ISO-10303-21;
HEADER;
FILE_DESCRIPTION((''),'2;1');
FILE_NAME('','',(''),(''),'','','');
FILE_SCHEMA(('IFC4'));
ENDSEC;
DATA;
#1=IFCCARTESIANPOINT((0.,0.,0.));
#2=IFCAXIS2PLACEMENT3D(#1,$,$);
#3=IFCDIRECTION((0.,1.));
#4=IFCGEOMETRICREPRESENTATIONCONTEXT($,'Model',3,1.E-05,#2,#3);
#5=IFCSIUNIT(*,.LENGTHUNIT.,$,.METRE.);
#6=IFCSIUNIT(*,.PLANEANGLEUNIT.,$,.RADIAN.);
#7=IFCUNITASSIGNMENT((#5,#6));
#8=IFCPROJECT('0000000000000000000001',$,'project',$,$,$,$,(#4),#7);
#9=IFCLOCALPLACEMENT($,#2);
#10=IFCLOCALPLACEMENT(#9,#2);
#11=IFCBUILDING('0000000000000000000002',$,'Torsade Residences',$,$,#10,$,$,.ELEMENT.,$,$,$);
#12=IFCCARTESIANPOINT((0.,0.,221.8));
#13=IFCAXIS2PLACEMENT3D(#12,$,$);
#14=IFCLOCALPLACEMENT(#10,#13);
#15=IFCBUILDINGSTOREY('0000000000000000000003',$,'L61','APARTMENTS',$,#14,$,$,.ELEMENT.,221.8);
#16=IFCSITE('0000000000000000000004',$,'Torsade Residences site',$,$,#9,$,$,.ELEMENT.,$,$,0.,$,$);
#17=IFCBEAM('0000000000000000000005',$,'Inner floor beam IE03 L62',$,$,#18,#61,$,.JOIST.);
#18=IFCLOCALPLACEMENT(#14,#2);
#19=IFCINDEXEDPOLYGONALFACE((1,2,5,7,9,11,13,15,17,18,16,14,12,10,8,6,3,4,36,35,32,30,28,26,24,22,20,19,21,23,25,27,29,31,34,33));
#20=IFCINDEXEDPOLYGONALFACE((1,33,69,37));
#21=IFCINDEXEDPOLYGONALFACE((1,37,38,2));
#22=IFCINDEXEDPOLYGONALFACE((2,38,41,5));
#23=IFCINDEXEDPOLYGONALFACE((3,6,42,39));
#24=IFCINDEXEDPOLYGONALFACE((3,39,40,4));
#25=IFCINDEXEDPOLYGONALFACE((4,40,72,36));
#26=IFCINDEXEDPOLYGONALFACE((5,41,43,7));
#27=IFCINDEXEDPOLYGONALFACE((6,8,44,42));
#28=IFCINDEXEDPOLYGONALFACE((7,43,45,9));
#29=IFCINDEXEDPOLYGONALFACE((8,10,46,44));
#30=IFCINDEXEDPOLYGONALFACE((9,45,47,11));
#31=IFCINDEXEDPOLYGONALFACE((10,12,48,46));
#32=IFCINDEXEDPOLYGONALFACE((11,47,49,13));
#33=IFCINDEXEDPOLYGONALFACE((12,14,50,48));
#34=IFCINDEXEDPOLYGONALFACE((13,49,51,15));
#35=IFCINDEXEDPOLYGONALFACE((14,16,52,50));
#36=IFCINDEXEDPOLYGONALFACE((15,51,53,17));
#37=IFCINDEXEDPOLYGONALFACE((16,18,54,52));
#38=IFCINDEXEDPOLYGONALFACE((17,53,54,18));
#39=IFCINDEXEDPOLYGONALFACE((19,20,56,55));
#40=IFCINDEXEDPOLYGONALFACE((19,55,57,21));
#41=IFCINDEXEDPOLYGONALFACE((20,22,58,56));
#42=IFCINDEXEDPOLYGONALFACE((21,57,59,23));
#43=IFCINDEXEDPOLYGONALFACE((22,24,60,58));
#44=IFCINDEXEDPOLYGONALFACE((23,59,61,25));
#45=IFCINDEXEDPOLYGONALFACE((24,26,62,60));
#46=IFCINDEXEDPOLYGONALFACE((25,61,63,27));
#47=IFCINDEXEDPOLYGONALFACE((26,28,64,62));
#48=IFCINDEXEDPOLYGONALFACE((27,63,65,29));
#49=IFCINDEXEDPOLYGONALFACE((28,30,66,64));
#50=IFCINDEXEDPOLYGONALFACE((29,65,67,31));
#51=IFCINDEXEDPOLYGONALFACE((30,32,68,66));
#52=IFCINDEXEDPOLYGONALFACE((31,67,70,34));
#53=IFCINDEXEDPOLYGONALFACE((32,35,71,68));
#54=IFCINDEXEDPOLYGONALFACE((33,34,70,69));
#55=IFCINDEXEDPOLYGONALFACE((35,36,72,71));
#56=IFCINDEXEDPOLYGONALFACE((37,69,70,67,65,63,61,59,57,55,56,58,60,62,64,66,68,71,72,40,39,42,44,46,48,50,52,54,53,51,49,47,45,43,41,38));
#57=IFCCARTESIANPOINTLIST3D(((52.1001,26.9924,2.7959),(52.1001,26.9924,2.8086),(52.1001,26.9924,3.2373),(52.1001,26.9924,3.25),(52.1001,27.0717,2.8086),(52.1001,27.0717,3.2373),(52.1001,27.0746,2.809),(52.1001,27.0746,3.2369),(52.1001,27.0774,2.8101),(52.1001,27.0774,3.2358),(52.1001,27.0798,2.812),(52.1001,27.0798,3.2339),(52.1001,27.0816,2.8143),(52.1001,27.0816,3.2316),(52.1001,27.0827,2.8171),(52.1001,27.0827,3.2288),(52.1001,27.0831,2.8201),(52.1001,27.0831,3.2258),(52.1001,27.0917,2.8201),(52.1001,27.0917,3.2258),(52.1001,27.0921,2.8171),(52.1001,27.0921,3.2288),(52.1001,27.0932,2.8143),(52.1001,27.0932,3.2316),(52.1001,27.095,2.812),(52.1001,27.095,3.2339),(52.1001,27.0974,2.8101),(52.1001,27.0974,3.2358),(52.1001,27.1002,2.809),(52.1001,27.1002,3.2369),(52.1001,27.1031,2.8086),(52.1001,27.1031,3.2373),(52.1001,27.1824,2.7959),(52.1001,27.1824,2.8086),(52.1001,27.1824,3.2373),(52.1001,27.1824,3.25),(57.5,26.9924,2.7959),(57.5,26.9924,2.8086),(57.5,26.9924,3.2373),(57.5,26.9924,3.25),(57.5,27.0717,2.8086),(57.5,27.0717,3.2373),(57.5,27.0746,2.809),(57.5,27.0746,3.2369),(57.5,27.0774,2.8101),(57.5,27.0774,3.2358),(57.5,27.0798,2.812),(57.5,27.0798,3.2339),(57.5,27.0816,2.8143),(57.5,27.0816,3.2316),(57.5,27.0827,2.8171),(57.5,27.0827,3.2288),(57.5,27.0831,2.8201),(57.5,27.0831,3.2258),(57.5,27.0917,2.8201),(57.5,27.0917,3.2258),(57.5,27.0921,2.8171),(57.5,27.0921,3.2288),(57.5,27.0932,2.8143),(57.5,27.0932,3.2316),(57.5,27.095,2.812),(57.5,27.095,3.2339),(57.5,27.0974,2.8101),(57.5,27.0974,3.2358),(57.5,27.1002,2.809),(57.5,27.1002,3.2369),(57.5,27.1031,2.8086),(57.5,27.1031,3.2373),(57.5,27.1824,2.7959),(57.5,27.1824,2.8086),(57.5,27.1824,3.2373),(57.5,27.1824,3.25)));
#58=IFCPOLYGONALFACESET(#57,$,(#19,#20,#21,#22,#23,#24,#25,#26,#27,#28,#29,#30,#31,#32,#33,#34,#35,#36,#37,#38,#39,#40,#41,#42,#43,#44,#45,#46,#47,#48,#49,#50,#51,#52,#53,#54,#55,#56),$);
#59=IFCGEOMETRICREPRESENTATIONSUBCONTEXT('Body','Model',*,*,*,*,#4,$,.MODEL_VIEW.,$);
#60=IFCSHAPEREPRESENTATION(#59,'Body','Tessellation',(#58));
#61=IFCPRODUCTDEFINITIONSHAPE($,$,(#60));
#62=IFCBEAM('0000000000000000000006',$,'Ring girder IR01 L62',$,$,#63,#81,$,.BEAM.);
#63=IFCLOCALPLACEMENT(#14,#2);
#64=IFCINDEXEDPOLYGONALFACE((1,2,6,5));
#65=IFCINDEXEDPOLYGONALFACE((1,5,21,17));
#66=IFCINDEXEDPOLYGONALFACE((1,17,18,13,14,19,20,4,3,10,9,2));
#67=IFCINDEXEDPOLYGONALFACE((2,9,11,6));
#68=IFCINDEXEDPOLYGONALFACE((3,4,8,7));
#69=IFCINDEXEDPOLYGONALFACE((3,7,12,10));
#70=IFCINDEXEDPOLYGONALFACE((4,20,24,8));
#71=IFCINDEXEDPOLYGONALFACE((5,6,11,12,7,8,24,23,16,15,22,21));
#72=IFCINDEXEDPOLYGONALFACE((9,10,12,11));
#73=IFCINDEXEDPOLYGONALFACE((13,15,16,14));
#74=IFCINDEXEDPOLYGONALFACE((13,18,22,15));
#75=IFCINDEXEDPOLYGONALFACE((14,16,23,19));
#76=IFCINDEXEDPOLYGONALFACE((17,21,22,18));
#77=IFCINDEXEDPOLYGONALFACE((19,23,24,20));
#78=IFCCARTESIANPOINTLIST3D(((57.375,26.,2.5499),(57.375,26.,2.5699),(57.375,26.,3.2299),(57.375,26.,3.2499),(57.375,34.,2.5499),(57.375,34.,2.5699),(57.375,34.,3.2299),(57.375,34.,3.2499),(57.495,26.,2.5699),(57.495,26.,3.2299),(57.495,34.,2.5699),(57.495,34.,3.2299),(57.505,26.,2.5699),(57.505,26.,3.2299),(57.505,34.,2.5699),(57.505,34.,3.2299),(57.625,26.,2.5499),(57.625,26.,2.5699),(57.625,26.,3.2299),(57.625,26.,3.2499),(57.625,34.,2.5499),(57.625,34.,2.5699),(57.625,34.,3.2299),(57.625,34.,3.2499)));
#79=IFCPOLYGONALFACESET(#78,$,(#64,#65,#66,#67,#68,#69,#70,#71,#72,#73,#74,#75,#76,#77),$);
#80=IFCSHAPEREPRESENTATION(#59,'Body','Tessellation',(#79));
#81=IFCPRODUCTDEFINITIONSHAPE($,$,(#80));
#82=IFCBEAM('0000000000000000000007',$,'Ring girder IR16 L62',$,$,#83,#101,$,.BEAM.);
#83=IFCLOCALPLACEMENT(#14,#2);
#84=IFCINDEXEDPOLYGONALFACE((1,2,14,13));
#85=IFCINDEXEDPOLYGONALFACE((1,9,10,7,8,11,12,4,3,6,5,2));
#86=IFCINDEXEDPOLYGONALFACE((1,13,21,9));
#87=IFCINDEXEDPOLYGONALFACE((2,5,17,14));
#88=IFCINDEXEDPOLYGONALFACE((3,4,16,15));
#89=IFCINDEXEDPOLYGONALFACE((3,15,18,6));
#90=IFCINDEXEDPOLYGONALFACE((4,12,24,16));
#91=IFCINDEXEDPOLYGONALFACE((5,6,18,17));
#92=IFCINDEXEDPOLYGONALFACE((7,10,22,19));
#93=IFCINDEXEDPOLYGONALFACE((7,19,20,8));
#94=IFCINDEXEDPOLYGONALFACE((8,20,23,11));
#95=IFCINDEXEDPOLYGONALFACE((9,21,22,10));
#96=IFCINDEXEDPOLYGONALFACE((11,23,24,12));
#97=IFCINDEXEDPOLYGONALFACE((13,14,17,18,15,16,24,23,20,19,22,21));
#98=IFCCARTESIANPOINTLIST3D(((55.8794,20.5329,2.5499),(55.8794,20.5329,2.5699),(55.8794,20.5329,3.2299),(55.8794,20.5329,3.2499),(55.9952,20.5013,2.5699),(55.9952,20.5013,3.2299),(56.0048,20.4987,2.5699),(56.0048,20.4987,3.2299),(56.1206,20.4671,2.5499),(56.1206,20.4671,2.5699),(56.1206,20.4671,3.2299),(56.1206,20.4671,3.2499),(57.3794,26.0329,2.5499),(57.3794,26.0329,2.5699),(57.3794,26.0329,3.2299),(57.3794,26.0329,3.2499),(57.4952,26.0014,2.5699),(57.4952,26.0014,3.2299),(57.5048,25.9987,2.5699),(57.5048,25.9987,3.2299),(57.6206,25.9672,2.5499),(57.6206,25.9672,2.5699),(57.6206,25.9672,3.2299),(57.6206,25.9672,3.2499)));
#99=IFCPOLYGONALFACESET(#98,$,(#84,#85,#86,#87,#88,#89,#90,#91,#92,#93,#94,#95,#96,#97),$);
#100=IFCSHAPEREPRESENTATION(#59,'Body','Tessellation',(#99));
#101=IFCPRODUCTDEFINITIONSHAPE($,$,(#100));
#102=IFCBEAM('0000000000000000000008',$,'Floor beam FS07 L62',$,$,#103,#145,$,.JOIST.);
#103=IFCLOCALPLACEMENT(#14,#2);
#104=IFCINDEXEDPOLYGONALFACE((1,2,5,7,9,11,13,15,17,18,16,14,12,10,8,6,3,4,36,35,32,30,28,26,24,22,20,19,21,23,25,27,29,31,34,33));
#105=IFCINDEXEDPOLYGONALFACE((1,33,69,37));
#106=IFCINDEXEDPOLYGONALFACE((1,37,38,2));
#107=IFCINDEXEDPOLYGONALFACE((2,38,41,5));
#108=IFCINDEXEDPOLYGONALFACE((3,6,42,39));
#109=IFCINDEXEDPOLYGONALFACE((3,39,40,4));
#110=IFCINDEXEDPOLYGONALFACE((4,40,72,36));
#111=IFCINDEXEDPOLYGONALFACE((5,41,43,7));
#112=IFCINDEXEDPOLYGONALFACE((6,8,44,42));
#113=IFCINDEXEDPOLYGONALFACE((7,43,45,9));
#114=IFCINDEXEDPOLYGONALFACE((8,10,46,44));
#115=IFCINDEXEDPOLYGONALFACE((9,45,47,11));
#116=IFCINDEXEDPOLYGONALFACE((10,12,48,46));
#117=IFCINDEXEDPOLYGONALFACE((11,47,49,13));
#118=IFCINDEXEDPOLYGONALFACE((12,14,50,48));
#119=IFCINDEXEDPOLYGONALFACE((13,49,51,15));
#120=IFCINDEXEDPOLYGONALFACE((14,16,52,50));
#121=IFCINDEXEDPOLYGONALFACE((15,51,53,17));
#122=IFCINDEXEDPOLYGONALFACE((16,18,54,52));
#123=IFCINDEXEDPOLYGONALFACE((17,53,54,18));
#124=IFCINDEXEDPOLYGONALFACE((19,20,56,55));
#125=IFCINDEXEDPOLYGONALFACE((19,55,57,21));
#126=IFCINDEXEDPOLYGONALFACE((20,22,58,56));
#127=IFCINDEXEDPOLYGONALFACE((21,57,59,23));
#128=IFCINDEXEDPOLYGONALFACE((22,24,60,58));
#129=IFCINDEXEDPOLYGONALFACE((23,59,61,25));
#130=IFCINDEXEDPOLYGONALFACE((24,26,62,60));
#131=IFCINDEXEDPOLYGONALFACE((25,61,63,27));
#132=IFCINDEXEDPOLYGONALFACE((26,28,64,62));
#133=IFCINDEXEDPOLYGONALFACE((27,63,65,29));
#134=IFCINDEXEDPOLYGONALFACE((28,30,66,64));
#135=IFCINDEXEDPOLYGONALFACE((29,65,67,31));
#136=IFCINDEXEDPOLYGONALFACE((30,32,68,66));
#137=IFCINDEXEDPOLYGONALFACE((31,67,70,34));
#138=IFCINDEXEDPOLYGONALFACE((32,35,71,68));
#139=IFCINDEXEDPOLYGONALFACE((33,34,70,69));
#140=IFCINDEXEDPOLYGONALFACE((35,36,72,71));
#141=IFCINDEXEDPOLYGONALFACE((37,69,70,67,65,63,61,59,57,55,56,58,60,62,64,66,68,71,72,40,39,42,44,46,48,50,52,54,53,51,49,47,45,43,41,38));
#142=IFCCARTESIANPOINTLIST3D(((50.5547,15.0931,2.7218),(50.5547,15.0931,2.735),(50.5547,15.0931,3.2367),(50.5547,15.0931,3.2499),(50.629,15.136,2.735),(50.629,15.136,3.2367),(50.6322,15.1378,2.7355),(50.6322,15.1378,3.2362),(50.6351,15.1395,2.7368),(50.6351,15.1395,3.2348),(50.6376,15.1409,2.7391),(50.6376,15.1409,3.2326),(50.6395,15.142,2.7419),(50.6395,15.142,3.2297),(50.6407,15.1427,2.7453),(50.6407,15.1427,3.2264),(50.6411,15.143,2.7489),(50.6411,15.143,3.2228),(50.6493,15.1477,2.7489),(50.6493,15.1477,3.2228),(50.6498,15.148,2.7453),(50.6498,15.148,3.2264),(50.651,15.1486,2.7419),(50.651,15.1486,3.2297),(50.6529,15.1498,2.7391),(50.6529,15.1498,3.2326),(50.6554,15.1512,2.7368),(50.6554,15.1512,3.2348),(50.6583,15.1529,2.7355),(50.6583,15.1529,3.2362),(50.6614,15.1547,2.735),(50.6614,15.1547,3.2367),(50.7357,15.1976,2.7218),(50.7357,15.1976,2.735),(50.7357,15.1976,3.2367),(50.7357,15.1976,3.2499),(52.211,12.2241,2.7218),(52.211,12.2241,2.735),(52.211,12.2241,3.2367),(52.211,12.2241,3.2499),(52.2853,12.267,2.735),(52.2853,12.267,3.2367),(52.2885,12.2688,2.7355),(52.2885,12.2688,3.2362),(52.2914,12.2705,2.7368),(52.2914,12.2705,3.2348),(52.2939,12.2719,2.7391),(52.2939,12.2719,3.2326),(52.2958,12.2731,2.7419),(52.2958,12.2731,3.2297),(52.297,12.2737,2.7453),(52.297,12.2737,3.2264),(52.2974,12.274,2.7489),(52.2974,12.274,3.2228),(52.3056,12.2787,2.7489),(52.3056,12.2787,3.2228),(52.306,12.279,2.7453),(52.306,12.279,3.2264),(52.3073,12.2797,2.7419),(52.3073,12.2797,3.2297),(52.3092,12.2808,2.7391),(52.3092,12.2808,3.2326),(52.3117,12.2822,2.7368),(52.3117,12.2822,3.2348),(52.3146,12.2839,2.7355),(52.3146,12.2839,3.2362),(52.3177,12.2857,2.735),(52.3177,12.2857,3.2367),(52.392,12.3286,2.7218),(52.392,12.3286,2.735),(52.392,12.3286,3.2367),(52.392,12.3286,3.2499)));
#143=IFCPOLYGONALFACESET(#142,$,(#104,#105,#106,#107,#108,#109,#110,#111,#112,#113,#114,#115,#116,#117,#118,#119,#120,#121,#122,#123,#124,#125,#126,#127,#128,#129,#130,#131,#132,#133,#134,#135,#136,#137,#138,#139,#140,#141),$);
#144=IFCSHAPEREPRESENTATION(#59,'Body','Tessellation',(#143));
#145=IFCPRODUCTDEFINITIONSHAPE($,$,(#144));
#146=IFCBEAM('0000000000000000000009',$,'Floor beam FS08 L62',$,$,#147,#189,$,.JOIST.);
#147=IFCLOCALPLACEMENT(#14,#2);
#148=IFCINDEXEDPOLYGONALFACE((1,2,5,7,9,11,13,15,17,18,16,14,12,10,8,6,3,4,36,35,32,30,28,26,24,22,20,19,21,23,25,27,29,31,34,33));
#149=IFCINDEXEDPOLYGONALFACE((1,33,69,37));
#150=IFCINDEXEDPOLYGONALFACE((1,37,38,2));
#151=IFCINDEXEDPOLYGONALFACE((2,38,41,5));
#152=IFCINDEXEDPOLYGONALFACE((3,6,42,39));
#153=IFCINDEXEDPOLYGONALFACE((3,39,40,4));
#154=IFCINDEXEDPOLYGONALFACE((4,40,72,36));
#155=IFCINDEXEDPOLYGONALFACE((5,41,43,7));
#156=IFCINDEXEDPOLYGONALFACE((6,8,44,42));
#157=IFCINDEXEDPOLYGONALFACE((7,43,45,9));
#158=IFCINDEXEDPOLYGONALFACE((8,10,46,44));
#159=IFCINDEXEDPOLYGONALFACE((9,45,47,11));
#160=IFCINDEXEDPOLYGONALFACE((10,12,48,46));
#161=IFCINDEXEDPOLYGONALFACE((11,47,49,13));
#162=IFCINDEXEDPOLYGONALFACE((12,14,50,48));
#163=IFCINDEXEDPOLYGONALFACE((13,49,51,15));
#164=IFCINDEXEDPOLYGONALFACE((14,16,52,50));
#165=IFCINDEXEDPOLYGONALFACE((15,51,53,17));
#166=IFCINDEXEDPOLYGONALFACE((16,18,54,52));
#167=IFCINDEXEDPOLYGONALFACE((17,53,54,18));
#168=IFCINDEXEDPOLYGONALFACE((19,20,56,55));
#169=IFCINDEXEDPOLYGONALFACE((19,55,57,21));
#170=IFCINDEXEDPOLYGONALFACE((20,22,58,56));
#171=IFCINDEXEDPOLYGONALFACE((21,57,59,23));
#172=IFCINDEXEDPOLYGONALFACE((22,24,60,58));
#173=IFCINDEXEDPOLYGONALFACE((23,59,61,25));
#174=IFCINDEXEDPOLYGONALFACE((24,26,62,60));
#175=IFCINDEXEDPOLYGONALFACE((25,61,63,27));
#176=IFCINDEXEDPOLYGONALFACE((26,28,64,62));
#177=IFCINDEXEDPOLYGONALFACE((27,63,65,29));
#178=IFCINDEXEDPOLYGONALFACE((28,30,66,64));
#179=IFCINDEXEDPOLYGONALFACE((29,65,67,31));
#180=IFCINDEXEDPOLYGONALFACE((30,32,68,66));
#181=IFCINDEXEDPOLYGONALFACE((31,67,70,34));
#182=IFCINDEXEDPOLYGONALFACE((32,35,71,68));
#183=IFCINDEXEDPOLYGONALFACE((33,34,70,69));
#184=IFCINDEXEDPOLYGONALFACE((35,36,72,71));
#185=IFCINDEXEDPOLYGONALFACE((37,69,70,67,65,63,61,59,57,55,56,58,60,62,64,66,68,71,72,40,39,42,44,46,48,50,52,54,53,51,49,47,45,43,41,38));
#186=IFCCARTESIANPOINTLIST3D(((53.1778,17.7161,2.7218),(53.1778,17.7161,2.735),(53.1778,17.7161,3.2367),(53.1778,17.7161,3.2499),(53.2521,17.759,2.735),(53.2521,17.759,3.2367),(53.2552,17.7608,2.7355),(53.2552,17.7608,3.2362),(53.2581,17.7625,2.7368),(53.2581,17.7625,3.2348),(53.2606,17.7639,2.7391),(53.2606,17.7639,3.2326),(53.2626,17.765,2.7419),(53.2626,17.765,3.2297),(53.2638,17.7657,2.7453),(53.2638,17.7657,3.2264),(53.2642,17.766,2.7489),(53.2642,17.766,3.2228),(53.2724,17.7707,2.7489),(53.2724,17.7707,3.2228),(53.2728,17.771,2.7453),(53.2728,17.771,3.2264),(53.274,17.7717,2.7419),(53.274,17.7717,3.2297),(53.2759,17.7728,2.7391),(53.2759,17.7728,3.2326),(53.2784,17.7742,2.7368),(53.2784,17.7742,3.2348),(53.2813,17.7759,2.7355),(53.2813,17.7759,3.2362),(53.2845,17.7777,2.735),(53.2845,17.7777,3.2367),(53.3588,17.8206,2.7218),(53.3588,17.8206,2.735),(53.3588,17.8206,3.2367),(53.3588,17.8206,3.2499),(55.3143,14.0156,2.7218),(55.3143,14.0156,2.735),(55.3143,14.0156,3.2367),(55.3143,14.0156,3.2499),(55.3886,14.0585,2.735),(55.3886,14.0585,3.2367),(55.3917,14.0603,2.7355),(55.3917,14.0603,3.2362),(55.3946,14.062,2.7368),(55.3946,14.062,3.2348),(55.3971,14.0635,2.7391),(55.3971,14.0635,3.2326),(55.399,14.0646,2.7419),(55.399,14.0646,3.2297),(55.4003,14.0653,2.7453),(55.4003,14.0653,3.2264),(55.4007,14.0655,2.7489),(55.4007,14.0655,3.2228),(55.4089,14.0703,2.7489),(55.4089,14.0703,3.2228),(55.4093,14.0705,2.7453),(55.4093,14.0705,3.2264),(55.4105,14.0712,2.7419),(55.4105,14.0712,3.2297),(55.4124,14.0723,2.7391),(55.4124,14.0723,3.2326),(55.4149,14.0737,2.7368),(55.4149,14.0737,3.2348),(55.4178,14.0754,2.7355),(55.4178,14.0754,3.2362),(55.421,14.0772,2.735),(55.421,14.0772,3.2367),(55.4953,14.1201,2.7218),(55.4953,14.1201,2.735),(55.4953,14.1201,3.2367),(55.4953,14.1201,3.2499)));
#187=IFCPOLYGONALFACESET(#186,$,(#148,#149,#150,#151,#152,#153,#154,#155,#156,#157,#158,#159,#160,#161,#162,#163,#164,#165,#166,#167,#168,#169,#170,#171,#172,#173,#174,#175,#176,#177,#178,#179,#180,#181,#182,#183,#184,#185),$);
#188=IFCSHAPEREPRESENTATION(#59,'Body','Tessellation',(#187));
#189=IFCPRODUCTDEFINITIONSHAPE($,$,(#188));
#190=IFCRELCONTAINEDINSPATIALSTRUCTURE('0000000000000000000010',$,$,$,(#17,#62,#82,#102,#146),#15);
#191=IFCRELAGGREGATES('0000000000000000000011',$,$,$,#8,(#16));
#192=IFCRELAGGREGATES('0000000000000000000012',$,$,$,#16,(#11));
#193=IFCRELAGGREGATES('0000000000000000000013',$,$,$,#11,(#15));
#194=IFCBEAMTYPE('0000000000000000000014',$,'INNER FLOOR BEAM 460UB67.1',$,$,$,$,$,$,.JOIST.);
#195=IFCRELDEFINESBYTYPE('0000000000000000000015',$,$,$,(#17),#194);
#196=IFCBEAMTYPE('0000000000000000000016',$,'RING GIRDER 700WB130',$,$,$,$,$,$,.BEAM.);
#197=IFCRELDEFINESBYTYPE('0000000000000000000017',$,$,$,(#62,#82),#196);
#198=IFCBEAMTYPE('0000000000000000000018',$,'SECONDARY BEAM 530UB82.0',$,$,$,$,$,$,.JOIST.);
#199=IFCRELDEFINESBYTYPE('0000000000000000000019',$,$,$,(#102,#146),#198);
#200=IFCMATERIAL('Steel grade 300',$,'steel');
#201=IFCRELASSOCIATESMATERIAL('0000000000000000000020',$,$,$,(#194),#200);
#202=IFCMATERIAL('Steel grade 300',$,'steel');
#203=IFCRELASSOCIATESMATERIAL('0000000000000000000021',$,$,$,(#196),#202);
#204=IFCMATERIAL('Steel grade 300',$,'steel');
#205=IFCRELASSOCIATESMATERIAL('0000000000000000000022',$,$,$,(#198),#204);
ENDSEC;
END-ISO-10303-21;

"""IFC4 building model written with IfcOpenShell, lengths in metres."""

from ifc_helpers import new_model, si_unit, direction, frame, origin, origin_2d, place, context, subcontext, project, spatial, i_section, extrude, material, material_profile, profile_set, type_object, element, save


model = new_model("IFC4")

# Units and contexts
model_context = context("Model", 3, precision=1e-05, world=origin(), true_north=direction((0.0, 1.0)))
body_context = subcontext(model_context, "Body", "Model", "MODEL_VIEW")
ifc_project = project(units=[si_unit("LENGTHUNIT", "METRE"), si_unit("PLANEANGLEUNIT", "RADIAN")], contexts=[model_context])

# Site, building, storey
site_placement = place(None, origin())
site = spatial("IfcSite", under=ifc_project, at=site_placement, Name="Torsade Residences site", CompositionType="ELEMENT", RefElevation=0.0)
building_placement = place(site_placement, origin())
building = spatial("IfcBuilding", under=site, at=building_placement, Name="Torsade Residences", CompositionType="ELEMENT")
storey_placement = place(building_placement, frame((0.0, 0.0, 221.8)))
storey = spatial("IfcBuildingStorey", under=building, at=storey_placement, Name="L61", Description="APARTMENTS", CompositionType="ELEMENT", Elevation=221.8)

# Beams
ifc_material_1 = material(Name="Steel grade 300", Category="steel")
ifc_material_profile_1 = material_profile(ifc_material_1, i_section(OverallWidth=0.1899, OverallDepth=0.4541, WebThickness=0.0085, FlangeThickness=0.0127, FilletRadius=0.0115, at=origin_2d()), Name="460UB67.1")
ifc_profile_set_1 = profile_set([ifc_material_profile_1], Name="Steel grade 300")
beam_type_1 = type_object("IfcBeamType", Name="INNER FLOOR BEAM 460UB67.1", PredefinedType="JOIST", material=ifc_profile_set_1)
beam_1_placement = place(storey_placement, frame((52.1001, 27.0874, 3.0229), z_axis=(1.0, 0.0, 0.0), x_axis=(0.0, 1.0, 0.0)))
element("IfcBeam", 1, at=beam_1_placement, inside=storey, type_object=beam_type_1, Name="Inner floor beam IE03 L62", PredefinedType="JOIST", context=body_context, shape_type="SweptSolid", body=[
    extrude(i_section(OverallWidth=0.1899, OverallDepth=0.4541, WebThickness=0.0085, FlangeThickness=0.0127, FilletRadius=0.0115, at=origin_2d()), origin(), (0.0, 0.0, 1.0), 5.3999),
])
ifc_material_2 = material(Name="Steel grade 300", Category="steel")
ifc_material_profile_2 = material_profile(ifc_material_2, i_section(OverallWidth=0.25, OverallDepth=0.7, WebThickness=0.01, FlangeThickness=0.02, at=origin_2d()), Name="700WB130")
ifc_profile_set_2 = profile_set([ifc_material_profile_2], Name="Steel grade 300")
beam_type_2 = type_object("IfcBeamType", Name="RING GIRDER 700WB130", PredefinedType="BEAM", material=ifc_profile_set_2)
beam_2_placement = place(storey_placement, frame((57.5, 26.0, 2.8999), z_axis=(0.0, 1.0, 0.0), x_axis=(-1.0, 0.0, 0.0)))
element("IfcBeam", 2, at=beam_2_placement, inside=storey, type_object=beam_type_2, Name="Ring girder IR01 L62", PredefinedType="BEAM", context=body_context, shape_type="SweptSolid", body=[
    extrude(i_section(OverallWidth=0.25, OverallDepth=0.7, WebThickness=0.01, FlangeThickness=0.02, at=origin_2d()), origin(), (0.0, 0.0, 1.0), 8.0),
])
beam_3_placement = place(storey_placement, frame((56.0, 20.5, 2.8999), z_axis=(0.263117, 0.964764, 0.0), x_axis=(-0.964764, 0.263117, 0.0)))
element("IfcBeam", 3, at=beam_3_placement, inside=storey, type_object=beam_type_2, Name="Ring girder IR16 L62", PredefinedType="BEAM", context=body_context, shape_type="SweptSolid", body=[
    extrude(i_section(OverallWidth=0.25, OverallDepth=0.7, WebThickness=0.01, FlangeThickness=0.02, at=origin_2d()), origin(), (0.0, 0.0, 1.0), 5.7009),
])
ifc_material_3 = material(Name="Steel grade 300", Category="steel")
ifc_material_profile_3 = material_profile(ifc_material_3, i_section(OverallWidth=0.209, OverallDepth=0.5281, WebThickness=0.0095, FlangeThickness=0.0132, FilletRadius=0.0139, at=origin_2d()), Name="530UB82.0")
ifc_profile_set_3 = profile_set([ifc_material_profile_3], Name="Steel grade 300")
beam_type_3 = type_object("IfcBeamType", Name="SECONDARY BEAM 530UB82.0", PredefinedType="JOIST", material=ifc_profile_set_3)
beam_4_placement = place(storey_placement, frame((52.3015, 12.2764, 2.9858), z_axis=(-0.499976, 0.86604, 0.0), x_axis=(-0.86604, -0.499976, 0.0)))
element("IfcBeam", 4, at=beam_4_placement, inside=storey, type_object=beam_type_3, Name="Floor beam FS07 L62", PredefinedType="JOIST", context=body_context, shape_type="SweptSolid", body=[
    extrude(i_section(OverallWidth=0.209, OverallDepth=0.5281, WebThickness=0.0095, FlangeThickness=0.0132, FilletRadius=0.0139, at=origin_2d()), origin(), (0.0, 0.0, 1.0), 3.3127),
])
beam_5_placement = place(storey_placement, frame((55.4048, 14.0679, 2.9858), z_axis=(-0.500004, 0.866023, 0.0), x_axis=(-0.866023, -0.500004, 0.0)))
element("IfcBeam", 5, at=beam_5_placement, inside=storey, type_object=beam_type_3, Name="Floor beam FS08 L62", PredefinedType="JOIST", context=body_context, shape_type="SweptSolid", body=[
    extrude(i_section(OverallWidth=0.209, OverallDepth=0.5281, WebThickness=0.0095, FlangeThickness=0.0132, FilletRadius=0.0139, at=origin_2d()), origin(), (0.0, 0.0, 1.0), 4.2729),
])

save(model, "model.ifc")
